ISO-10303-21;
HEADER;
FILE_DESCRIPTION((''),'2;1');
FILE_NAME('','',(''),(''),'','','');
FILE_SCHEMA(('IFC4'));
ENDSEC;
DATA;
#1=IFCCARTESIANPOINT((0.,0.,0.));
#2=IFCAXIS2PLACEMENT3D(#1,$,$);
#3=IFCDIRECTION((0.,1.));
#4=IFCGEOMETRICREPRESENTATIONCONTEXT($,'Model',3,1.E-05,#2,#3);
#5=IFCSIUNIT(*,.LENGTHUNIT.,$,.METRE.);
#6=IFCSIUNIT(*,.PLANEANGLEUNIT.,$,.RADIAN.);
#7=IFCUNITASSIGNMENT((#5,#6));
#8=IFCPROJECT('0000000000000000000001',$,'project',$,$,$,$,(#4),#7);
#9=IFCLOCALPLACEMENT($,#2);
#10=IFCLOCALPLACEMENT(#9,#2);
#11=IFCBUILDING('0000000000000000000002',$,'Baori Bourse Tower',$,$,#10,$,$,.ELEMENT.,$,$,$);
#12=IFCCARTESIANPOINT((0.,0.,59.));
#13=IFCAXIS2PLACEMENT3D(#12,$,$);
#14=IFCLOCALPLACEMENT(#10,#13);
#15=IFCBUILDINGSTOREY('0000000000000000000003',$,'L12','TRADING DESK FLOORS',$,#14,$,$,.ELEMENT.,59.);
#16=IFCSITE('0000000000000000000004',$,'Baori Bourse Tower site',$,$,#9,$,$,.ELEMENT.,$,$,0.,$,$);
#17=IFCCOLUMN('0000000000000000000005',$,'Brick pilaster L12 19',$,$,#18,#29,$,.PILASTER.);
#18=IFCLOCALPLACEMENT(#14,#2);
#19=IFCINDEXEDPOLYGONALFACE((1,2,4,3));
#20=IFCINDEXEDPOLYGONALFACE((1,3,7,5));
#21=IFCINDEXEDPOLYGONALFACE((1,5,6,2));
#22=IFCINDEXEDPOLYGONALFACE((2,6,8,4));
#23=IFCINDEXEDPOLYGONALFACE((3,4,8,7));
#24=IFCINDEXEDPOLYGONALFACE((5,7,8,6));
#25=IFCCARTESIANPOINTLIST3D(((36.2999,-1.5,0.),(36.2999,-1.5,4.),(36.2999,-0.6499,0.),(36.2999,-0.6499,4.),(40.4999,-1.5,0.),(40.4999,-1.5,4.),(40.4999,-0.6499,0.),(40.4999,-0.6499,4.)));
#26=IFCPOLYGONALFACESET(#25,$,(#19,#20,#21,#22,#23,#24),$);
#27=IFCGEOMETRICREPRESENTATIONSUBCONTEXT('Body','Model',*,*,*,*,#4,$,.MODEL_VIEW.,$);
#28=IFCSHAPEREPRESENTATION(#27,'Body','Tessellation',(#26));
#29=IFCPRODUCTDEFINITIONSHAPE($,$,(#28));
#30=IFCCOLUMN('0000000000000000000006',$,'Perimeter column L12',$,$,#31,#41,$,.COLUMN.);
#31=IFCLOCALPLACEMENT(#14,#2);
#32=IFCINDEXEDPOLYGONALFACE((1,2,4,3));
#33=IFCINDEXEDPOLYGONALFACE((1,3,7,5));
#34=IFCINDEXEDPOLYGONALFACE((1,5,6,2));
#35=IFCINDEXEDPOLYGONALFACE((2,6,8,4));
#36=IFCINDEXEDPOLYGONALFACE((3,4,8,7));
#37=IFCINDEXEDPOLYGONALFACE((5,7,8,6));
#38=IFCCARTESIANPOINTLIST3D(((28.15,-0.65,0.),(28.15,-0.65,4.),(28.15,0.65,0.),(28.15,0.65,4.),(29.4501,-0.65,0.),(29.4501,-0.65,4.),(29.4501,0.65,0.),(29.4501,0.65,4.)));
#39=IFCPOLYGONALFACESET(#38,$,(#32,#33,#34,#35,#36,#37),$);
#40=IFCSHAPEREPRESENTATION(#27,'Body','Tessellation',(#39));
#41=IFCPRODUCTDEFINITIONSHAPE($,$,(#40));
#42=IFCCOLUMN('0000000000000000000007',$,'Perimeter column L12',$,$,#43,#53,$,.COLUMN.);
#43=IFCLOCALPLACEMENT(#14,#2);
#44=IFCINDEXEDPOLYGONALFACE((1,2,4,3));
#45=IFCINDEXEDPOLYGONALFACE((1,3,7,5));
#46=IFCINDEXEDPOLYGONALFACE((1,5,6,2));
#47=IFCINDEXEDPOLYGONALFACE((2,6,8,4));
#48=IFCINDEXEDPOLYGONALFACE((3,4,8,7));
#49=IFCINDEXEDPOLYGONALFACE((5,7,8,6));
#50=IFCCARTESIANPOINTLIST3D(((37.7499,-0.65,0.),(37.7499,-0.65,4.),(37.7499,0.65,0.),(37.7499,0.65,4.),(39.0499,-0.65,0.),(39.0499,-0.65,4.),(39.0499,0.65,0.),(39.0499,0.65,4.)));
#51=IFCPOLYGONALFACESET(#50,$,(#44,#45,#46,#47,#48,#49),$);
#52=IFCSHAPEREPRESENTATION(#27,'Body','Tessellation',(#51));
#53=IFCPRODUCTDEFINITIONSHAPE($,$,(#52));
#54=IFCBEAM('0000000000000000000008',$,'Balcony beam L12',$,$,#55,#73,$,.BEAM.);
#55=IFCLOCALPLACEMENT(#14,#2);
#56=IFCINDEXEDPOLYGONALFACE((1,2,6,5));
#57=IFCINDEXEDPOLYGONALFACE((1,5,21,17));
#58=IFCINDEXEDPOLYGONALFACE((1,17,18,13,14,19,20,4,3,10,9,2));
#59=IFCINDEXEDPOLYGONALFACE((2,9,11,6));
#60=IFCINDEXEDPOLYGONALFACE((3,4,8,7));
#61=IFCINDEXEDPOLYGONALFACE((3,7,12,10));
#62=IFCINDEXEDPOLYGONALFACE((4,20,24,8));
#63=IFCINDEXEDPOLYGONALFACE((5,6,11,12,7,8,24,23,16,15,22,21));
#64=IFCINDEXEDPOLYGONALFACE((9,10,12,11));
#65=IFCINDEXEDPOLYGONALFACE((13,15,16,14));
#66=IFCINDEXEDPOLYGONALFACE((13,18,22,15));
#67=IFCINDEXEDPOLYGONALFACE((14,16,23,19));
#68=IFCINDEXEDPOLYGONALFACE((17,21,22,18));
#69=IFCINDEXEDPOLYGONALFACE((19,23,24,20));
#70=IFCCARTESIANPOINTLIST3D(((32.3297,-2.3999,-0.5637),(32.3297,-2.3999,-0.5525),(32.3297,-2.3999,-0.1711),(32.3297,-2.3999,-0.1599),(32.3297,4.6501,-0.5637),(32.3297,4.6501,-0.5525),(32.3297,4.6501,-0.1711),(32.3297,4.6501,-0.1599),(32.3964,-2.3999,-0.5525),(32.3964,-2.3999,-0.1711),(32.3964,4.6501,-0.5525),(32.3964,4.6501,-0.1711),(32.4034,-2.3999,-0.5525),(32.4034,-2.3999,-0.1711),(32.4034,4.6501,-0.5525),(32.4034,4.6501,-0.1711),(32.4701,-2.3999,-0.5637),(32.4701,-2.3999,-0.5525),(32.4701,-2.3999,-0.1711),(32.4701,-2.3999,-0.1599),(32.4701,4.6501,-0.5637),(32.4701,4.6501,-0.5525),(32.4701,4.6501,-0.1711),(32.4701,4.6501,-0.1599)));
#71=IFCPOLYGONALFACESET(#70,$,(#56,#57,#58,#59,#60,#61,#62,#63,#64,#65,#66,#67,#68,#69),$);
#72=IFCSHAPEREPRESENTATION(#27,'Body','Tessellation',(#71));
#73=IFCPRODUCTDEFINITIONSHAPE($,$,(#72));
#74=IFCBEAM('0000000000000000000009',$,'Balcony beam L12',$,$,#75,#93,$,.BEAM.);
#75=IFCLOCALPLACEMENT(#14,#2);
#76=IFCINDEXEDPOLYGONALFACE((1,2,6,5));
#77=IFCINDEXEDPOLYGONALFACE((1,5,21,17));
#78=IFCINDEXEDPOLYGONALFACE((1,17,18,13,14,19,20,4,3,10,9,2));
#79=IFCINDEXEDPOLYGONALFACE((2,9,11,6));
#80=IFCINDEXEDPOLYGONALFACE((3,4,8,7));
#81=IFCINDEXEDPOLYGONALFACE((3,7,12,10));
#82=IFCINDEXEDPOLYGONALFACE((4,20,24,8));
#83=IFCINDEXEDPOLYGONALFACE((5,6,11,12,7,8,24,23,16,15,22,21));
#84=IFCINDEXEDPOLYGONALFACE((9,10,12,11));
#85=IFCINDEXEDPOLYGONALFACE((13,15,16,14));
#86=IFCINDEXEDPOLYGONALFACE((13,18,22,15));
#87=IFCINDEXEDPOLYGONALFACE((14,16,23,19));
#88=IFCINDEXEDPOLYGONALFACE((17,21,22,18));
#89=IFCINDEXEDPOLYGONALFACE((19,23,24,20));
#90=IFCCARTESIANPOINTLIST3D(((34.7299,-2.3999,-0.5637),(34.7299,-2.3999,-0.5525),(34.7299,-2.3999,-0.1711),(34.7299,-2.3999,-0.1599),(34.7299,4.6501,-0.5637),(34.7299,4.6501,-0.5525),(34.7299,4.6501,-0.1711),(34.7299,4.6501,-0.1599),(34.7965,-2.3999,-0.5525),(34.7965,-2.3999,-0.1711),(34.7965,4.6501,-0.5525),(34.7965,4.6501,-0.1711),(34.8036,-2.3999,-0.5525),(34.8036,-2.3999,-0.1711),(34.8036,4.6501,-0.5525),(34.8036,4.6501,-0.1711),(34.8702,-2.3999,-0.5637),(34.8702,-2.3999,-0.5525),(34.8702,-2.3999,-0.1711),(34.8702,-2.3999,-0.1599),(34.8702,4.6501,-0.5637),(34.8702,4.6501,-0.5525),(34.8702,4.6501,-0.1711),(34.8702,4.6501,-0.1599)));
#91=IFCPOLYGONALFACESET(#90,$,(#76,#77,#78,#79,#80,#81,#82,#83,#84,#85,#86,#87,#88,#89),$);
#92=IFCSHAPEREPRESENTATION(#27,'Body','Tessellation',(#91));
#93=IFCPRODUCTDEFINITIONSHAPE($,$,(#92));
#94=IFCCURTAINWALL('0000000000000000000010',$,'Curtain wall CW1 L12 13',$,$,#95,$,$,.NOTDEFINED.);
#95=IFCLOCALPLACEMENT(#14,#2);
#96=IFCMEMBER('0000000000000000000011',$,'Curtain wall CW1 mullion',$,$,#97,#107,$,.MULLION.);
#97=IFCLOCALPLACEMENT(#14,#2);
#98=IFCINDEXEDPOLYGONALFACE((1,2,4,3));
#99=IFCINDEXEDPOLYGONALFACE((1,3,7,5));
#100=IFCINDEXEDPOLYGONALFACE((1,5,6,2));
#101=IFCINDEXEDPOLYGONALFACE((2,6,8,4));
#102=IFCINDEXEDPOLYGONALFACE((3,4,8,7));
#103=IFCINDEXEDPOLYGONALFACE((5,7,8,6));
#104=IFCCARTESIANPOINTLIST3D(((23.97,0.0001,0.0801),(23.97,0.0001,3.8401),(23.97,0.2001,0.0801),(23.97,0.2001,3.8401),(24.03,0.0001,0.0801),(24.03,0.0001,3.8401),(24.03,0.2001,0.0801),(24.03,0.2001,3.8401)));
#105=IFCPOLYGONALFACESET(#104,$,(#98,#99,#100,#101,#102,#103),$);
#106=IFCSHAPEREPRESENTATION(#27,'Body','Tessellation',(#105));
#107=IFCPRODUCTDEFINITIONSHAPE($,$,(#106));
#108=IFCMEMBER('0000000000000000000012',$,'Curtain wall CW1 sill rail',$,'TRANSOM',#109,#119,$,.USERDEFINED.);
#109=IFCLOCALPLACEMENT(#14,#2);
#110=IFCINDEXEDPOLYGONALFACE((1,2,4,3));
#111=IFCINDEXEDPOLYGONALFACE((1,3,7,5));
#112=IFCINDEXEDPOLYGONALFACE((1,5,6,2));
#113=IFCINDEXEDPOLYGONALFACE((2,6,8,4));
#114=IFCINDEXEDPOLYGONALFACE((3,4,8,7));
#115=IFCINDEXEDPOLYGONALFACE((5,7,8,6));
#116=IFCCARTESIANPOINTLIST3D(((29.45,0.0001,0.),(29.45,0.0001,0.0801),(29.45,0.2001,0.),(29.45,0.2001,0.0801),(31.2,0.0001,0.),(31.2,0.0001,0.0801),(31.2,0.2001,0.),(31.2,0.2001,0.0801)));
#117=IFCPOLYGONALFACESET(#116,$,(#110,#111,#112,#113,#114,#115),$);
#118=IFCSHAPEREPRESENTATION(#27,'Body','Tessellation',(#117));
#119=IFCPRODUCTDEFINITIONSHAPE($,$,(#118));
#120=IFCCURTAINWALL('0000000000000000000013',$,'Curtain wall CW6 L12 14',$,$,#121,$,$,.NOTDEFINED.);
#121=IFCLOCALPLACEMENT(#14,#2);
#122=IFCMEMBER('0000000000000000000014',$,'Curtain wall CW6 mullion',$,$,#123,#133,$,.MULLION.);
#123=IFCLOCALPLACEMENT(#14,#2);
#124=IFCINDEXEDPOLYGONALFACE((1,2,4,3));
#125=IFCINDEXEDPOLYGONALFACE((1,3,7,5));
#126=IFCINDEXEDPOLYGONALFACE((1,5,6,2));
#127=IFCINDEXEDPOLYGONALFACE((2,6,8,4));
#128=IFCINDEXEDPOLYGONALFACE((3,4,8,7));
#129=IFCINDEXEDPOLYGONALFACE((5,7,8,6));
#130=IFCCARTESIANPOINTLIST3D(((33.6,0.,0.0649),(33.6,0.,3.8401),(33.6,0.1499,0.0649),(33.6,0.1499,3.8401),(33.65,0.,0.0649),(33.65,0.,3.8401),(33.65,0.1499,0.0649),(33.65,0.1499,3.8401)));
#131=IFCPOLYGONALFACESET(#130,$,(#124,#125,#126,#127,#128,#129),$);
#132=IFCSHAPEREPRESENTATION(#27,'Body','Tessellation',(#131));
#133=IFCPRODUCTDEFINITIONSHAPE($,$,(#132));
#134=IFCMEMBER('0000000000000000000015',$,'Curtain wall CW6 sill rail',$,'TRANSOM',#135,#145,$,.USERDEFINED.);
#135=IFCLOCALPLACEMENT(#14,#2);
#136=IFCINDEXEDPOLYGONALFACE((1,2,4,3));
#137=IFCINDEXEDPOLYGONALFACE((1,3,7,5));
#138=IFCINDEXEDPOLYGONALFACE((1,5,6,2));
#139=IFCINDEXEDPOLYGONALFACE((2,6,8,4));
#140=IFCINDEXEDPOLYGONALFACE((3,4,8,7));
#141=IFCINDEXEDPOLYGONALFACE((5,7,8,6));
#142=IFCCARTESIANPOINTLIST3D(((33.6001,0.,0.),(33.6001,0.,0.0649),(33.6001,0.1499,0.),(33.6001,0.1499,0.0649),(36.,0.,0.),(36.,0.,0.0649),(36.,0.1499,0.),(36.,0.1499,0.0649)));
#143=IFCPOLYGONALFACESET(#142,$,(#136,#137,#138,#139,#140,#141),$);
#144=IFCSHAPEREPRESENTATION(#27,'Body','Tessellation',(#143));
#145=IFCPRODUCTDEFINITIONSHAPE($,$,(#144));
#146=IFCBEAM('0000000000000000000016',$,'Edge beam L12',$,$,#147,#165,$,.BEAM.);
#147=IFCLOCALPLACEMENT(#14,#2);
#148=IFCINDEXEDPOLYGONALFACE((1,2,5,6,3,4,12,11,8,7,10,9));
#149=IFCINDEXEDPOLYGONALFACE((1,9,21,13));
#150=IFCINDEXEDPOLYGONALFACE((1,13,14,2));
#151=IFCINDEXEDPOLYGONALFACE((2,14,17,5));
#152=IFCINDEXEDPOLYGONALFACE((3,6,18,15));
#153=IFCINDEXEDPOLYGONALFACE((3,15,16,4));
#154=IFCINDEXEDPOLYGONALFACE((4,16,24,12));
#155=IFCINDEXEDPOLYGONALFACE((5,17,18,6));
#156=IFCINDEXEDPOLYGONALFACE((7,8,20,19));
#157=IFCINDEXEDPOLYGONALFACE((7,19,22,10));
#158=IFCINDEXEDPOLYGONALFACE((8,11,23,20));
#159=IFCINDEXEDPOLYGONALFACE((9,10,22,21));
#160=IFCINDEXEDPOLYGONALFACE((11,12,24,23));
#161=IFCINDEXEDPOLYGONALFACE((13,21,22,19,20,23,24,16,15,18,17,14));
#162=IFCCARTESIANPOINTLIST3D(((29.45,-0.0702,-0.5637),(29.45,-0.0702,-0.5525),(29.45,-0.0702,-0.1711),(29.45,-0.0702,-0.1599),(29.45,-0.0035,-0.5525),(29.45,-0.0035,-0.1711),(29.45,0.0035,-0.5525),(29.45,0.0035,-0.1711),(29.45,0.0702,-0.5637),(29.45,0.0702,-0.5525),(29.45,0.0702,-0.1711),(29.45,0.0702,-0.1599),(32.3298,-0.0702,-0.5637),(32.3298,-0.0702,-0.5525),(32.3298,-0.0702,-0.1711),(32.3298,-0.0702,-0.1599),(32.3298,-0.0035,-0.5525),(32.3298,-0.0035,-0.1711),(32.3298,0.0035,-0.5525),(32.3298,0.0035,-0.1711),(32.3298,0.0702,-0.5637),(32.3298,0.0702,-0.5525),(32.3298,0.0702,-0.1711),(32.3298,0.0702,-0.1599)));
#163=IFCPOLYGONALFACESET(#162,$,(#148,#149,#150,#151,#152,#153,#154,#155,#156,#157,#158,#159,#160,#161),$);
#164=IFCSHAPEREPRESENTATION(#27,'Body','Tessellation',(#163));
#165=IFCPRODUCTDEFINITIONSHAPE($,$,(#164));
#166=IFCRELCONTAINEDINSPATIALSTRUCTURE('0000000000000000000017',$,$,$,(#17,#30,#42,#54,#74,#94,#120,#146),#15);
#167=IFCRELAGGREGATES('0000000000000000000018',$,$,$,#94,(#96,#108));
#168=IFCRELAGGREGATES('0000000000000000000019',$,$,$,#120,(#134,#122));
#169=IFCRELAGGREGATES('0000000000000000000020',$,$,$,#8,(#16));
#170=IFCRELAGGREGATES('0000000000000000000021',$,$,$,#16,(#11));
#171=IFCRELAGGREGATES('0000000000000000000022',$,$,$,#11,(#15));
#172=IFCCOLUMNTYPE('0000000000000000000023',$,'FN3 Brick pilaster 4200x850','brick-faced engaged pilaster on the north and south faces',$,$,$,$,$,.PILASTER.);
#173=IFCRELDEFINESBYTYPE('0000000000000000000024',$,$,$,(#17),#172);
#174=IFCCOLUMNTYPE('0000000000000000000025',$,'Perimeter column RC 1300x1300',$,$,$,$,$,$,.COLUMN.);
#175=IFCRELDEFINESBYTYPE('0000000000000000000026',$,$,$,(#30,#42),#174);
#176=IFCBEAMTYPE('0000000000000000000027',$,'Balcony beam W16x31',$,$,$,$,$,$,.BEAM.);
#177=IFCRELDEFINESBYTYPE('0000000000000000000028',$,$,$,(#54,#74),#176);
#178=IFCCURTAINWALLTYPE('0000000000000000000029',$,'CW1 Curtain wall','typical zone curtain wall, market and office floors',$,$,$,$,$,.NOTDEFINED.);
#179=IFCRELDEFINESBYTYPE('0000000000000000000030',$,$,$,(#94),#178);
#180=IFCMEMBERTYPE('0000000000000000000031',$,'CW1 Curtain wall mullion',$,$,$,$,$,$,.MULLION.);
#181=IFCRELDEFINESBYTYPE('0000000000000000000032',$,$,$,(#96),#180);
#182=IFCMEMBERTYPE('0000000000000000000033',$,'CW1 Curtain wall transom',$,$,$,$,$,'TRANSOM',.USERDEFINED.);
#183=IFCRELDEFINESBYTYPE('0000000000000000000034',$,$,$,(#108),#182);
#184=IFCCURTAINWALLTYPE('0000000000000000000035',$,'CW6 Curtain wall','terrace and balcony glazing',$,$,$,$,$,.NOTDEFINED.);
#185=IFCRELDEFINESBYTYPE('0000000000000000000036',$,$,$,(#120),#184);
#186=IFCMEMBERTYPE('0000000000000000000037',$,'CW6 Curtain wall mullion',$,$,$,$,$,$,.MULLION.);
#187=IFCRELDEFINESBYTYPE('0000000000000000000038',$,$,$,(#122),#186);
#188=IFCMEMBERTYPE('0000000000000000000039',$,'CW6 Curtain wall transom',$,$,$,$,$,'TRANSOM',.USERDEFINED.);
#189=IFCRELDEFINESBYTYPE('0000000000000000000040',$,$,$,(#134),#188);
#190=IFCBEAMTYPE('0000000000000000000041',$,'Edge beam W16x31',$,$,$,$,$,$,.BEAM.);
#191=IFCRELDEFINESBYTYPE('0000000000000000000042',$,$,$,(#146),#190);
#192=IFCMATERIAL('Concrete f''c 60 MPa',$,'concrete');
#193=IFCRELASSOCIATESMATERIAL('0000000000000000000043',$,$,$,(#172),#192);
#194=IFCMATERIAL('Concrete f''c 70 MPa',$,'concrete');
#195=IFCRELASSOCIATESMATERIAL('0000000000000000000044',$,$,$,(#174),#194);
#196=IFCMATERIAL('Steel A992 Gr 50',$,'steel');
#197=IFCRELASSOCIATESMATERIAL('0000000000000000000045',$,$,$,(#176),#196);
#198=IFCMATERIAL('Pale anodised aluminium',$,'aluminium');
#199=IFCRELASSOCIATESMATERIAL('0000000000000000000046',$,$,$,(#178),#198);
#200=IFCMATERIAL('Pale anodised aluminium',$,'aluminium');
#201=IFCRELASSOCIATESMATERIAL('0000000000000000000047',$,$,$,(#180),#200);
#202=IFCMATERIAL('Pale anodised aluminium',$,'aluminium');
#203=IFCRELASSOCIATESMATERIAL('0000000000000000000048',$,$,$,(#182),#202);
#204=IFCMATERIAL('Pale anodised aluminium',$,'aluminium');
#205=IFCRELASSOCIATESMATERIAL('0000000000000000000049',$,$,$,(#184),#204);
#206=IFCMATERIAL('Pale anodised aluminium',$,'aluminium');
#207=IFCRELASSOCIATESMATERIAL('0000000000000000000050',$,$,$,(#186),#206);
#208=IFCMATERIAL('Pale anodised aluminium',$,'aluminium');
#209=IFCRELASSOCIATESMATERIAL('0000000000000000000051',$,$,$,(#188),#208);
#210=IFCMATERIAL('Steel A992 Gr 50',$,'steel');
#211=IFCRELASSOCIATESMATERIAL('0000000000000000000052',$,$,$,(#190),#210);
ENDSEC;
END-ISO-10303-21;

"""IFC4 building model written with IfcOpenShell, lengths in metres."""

from ifc_helpers import new_model, si_unit, direction, frame, origin, origin_2d, place, context, subcontext, project, spatial, rectangle, i_section, extrude, material, material_profile, profile_set, type_object, element, aggregate, save


model = new_model("IFC4")

# Units and contexts
model_context = context("Model", 3, precision=1e-05, world=origin(), true_north=direction((0.0, 1.0)))
body_context = subcontext(model_context, "Body", "Model", "MODEL_VIEW")
ifc_project = project(units=[si_unit("LENGTHUNIT", "METRE"), si_unit("PLANEANGLEUNIT", "RADIAN")], contexts=[model_context])

# Site, building, storey
site_placement = place(None, origin())
site = spatial("IfcSite", under=ifc_project, at=site_placement, Name="Baori Bourse Tower site", CompositionType="ELEMENT", RefElevation=0.0)
building_placement = place(site_placement, origin())
building = spatial("IfcBuilding", under=site, at=building_placement, Name="Baori Bourse Tower", CompositionType="ELEMENT")
storey_placement = place(building_placement, frame((0.0, 0.0, 59.0)))
storey = spatial("IfcBuildingStorey", under=building, at=storey_placement, Name="L12", Description="TRADING DESK FLOORS", CompositionType="ELEMENT", Elevation=59.0)

# Columns
ifc_material_1 = material(Name="Concrete f'c 60 MPa", Category="concrete")
ifc_material_profile_1 = material_profile(ifc_material_1, rectangle(XDim=4.2, YDim=0.8501, at=origin_2d()), Name="RC 4200x850")
ifc_profile_set_1 = profile_set([ifc_material_profile_1], Name="Concrete f'c 60 MPa")
column_type_1 = type_object("IfcColumnType", Name="FN3 Brick pilaster 4200x850", Description="brick-faced engaged pilaster on the north and south faces", PredefinedType="PILASTER", material=ifc_profile_set_1)
column_placement = place(storey_placement, frame((38.3999, -1.075, 0.0), z_axis=(0.0, 0.0, 1.0), x_axis=(1.0, 0.0, 0.0)))
element("IfcColumn", 1, at=column_placement, inside=storey, type_object=column_type_1, Name="Brick pilaster L12 19", PredefinedType="PILASTER", context=body_context, shape_type="SweptSolid", body=[
    extrude(rectangle(XDim=4.2, YDim=0.8501, at=origin_2d()), origin(), (0.0, 0.0, 1.0), 4.0),
])
ifc_material_2 = material(Name="Concrete f'c 70 MPa", Category="concrete")
ifc_material_profile_2 = material_profile(ifc_material_2, rectangle(XDim=1.3, YDim=1.3, at=origin_2d()), Name="RC 1300x1300")
ifc_profile_set_2 = profile_set([ifc_material_profile_2], Name="Concrete f'c 70 MPa")
column_type_2 = type_object("IfcColumnType", Name="Perimeter column RC 1300x1300", PredefinedType="COLUMN", material=ifc_profile_set_2)
for number, where, z_axis, x_axis, name in (
    (2, (28.8, 0.0, 0.0), (0.0, 0.0, 1.0), (1.0, 0.0, 0.0), "Perimeter column L12"),
    (3, (38.3999, 0.0, 0.0), (0.0, 0.0, 1.0), (1.0, 0.0, 0.0), "Perimeter column L12"),
):
    element("IfcColumn", number, at=place(storey_placement, frame(where, z_axis=z_axis, x_axis=x_axis)), inside=storey, type_object=column_type_2, Name=name, PredefinedType="COLUMN", context=body_context, shape_type="SweptSolid", body=[
        extrude(rectangle(XDim=1.3, YDim=1.3, at=origin_2d()), origin(), (0.0, 0.0, 1.0), 4.0),
    ])

# Beams
ifc_material_3 = material(Name="Steel A992 Gr 50", Category="steel")
ifc_material_profile_3 = material_profile(ifc_material_3, i_section(OverallWidth=0.1404, OverallDepth=0.4038, WebThickness=0.0071, FlangeThickness=0.0112, at=origin_2d()), Name="W16x31")
ifc_profile_set_3 = profile_set([ifc_material_profile_3], Name="Steel A992 Gr 50")
beam_type_1 = type_object("IfcBeamType", Name="Balcony beam W16x31", PredefinedType="BEAM", material=ifc_profile_set_3)
for number, where, z_axis, x_axis, name in (
    (4, (32.3999, -2.3999, -0.3618), (0.0, 1.0, 0.0), (-1.0, 0.0, 0.0), "Balcony beam L12"),
    (5, (34.8, -2.3999, -0.3618), (0.0, 1.0, 0.0), (-1.0, 0.0, 0.0), "Balcony beam L12"),
):
    element("IfcBeam", number, at=place(storey_placement, frame(where, z_axis=z_axis, x_axis=x_axis)), inside=storey, type_object=beam_type_1, Name=name, PredefinedType="BEAM", context=body_context, shape_type="SweptSolid", body=[
        extrude(i_section(OverallWidth=0.1404, OverallDepth=0.4038, WebThickness=0.0071, FlangeThickness=0.0112, at=origin_2d()), origin(), (0.0, 0.0, 1.0), 7.05),
    ])

# Curtain walls, members
ifc_material_4 = material(Name="Pale anodised aluminium", Category="aluminium")
curtain_wall_type_1 = type_object("IfcCurtainWallType", Name="CW1 Curtain wall", Description="typical zone curtain wall, market and office floors", PredefinedType="NOTDEFINED", material=ifc_material_4)
curtain_wall_1_placement = place(storey_placement, origin())
curtain_wall_1 = element("IfcCurtainWall", 6, at=curtain_wall_1_placement, inside=storey, type_object=curtain_wall_type_1, Name="Curtain wall CW1 L12 13", PredefinedType="NOTDEFINED")
ifc_material_5 = material(Name="Pale anodised aluminium", Category="aluminium")
ifc_material_profile_4 = material_profile(ifc_material_5, rectangle(XDim=0.2, YDim=0.0601, at=origin_2d()), Name="Mullion 60x200")
ifc_profile_set_4 = profile_set([ifc_material_profile_4], Name="Pale anodised aluminium")
member_type_1 = type_object("IfcMemberType", Name="CW1 Curtain wall mullion", PredefinedType="MULLION", material=ifc_profile_set_4)
member_1_placement = place(storey_placement, frame((24.0, 0.1001, 0.0801), z_axis=(0.0, 0.0, 1.0), x_axis=(0.0, 1.0, 0.0)))
member_1 = element("IfcMember", 7, at=member_1_placement, type_object=member_type_1, Name="Curtain wall CW1 mullion", PredefinedType="MULLION", context=body_context, shape_type="SweptSolid", body=[
    extrude(rectangle(XDim=0.2, YDim=0.0601, at=origin_2d()), origin(), (0.0, 0.0, 1.0), 3.76),
])
ifc_material_6 = material(Name="Pale anodised aluminium", Category="aluminium")
ifc_material_profile_5 = material_profile(ifc_material_6, rectangle(XDim=0.2, YDim=0.0801, at=origin_2d()), Name="Transom 80x200")
ifc_profile_set_5 = profile_set([ifc_material_profile_5], Name="Pale anodised aluminium")
member_type_2 = type_object("IfcMemberType", Name="CW1 Curtain wall transom", ElementType="TRANSOM", PredefinedType="USERDEFINED", material=ifc_profile_set_5)
member_2_placement = place(storey_placement, frame((29.45, 0.1001, 0.04), z_axis=(1.0, 0.0, 0.0), x_axis=(0.0, 1.0, 0.0)))
member_2 = element("IfcMember", 8, at=member_2_placement, type_object=member_type_2, Name="Curtain wall CW1 sill rail", ObjectType="TRANSOM", PredefinedType="USERDEFINED", context=body_context, shape_type="SweptSolid", body=[
    extrude(rectangle(XDim=0.2, YDim=0.0801, at=origin_2d()), origin(), (0.0, 0.0, 1.0), 1.75),
])
ifc_material_7 = material(Name="Pale anodised aluminium", Category="aluminium")
curtain_wall_type_2 = type_object("IfcCurtainWallType", Name="CW6 Curtain wall", Description="terrace and balcony glazing", PredefinedType="NOTDEFINED", material=ifc_material_7)
curtain_wall_2_placement = place(storey_placement, origin())
curtain_wall_2 = element("IfcCurtainWall", 9, at=curtain_wall_2_placement, inside=storey, type_object=curtain_wall_type_2, Name="Curtain wall CW6 L12 14", PredefinedType="NOTDEFINED")
ifc_material_8 = material(Name="Pale anodised aluminium", Category="aluminium")
ifc_material_profile_6 = material_profile(ifc_material_8, rectangle(XDim=0.1499, YDim=0.05, at=origin_2d()), Name="Mullion 50x150")
ifc_profile_set_6 = profile_set([ifc_material_profile_6], Name="Pale anodised aluminium")
member_type_3 = type_object("IfcMemberType", Name="CW6 Curtain wall mullion", PredefinedType="MULLION", material=ifc_profile_set_6)
member_3_placement = place(storey_placement, frame((33.625, 0.075, 0.0649), z_axis=(0.0, 0.0, 1.0), x_axis=(0.0, 1.0, 0.0)))
member_3 = element("IfcMember", 10, at=member_3_placement, type_object=member_type_3, Name="Curtain wall CW6 mullion", PredefinedType="MULLION", context=body_context, shape_type="SweptSolid", body=[
    extrude(rectangle(XDim=0.1499, YDim=0.05, at=origin_2d()), origin(), (0.0, 0.0, 1.0), 3.7751),
])
ifc_material_9 = material(Name="Pale anodised aluminium", Category="aluminium")
ifc_material_profile_7 = material_profile(ifc_material_9, rectangle(XDim=0.1499, YDim=0.0649, at=origin_2d()), Name="Transom 65x150")
ifc_profile_set_7 = profile_set([ifc_material_profile_7], Name="Pale anodised aluminium")
member_type_4 = type_object("IfcMemberType", Name="CW6 Curtain wall transom", ElementType="TRANSOM", PredefinedType="USERDEFINED", material=ifc_profile_set_7)
member_4_placement = place(storey_placement, frame((33.6001, 0.075, 0.0325), z_axis=(1.0, 0.0, 0.0), x_axis=(0.0, 1.0, 0.0)))
member_4 = element("IfcMember", 11, at=member_4_placement, type_object=member_type_4, Name="Curtain wall CW6 sill rail", ObjectType="TRANSOM", PredefinedType="USERDEFINED", context=body_context, shape_type="SweptSolid", body=[
    extrude(rectangle(XDim=0.1499, YDim=0.0649, at=origin_2d()), origin(), (0.0, 0.0, 1.0), 2.3999),
])

# Beam
ifc_material_10 = material(Name="Steel A992 Gr 50", Category="steel")
ifc_material_profile_8 = material_profile(ifc_material_10, i_section(OverallWidth=0.1404, OverallDepth=0.4038, WebThickness=0.0071, FlangeThickness=0.0112, at=origin_2d()), Name="W16x31")
ifc_profile_set_8 = profile_set([ifc_material_profile_8], Name="Steel A992 Gr 50")
beam_type_2 = type_object("IfcBeamType", Name="Edge beam W16x31", PredefinedType="BEAM", material=ifc_profile_set_8)
beam_1_placement = place(storey_placement, frame((29.45, 0.0, -0.3618), z_axis=(1.0, 0.0, 0.0), x_axis=(0.0, 1.0, 0.0)))
element("IfcBeam", 12, at=beam_1_placement, inside=storey, type_object=beam_type_2, Name="Edge beam L12", PredefinedType="BEAM", context=body_context, shape_type="SweptSolid", body=[
    extrude(i_section(OverallWidth=0.1404, OverallDepth=0.4038, WebThickness=0.0071, FlangeThickness=0.0112, at=origin_2d()), origin(), (0.0, 0.0, 1.0), 2.8799),
])

aggregate(curtain_wall_1, [member_1, member_2])
aggregate(curtain_wall_2, [member_4, member_3])

save(model, "model.ifc")
